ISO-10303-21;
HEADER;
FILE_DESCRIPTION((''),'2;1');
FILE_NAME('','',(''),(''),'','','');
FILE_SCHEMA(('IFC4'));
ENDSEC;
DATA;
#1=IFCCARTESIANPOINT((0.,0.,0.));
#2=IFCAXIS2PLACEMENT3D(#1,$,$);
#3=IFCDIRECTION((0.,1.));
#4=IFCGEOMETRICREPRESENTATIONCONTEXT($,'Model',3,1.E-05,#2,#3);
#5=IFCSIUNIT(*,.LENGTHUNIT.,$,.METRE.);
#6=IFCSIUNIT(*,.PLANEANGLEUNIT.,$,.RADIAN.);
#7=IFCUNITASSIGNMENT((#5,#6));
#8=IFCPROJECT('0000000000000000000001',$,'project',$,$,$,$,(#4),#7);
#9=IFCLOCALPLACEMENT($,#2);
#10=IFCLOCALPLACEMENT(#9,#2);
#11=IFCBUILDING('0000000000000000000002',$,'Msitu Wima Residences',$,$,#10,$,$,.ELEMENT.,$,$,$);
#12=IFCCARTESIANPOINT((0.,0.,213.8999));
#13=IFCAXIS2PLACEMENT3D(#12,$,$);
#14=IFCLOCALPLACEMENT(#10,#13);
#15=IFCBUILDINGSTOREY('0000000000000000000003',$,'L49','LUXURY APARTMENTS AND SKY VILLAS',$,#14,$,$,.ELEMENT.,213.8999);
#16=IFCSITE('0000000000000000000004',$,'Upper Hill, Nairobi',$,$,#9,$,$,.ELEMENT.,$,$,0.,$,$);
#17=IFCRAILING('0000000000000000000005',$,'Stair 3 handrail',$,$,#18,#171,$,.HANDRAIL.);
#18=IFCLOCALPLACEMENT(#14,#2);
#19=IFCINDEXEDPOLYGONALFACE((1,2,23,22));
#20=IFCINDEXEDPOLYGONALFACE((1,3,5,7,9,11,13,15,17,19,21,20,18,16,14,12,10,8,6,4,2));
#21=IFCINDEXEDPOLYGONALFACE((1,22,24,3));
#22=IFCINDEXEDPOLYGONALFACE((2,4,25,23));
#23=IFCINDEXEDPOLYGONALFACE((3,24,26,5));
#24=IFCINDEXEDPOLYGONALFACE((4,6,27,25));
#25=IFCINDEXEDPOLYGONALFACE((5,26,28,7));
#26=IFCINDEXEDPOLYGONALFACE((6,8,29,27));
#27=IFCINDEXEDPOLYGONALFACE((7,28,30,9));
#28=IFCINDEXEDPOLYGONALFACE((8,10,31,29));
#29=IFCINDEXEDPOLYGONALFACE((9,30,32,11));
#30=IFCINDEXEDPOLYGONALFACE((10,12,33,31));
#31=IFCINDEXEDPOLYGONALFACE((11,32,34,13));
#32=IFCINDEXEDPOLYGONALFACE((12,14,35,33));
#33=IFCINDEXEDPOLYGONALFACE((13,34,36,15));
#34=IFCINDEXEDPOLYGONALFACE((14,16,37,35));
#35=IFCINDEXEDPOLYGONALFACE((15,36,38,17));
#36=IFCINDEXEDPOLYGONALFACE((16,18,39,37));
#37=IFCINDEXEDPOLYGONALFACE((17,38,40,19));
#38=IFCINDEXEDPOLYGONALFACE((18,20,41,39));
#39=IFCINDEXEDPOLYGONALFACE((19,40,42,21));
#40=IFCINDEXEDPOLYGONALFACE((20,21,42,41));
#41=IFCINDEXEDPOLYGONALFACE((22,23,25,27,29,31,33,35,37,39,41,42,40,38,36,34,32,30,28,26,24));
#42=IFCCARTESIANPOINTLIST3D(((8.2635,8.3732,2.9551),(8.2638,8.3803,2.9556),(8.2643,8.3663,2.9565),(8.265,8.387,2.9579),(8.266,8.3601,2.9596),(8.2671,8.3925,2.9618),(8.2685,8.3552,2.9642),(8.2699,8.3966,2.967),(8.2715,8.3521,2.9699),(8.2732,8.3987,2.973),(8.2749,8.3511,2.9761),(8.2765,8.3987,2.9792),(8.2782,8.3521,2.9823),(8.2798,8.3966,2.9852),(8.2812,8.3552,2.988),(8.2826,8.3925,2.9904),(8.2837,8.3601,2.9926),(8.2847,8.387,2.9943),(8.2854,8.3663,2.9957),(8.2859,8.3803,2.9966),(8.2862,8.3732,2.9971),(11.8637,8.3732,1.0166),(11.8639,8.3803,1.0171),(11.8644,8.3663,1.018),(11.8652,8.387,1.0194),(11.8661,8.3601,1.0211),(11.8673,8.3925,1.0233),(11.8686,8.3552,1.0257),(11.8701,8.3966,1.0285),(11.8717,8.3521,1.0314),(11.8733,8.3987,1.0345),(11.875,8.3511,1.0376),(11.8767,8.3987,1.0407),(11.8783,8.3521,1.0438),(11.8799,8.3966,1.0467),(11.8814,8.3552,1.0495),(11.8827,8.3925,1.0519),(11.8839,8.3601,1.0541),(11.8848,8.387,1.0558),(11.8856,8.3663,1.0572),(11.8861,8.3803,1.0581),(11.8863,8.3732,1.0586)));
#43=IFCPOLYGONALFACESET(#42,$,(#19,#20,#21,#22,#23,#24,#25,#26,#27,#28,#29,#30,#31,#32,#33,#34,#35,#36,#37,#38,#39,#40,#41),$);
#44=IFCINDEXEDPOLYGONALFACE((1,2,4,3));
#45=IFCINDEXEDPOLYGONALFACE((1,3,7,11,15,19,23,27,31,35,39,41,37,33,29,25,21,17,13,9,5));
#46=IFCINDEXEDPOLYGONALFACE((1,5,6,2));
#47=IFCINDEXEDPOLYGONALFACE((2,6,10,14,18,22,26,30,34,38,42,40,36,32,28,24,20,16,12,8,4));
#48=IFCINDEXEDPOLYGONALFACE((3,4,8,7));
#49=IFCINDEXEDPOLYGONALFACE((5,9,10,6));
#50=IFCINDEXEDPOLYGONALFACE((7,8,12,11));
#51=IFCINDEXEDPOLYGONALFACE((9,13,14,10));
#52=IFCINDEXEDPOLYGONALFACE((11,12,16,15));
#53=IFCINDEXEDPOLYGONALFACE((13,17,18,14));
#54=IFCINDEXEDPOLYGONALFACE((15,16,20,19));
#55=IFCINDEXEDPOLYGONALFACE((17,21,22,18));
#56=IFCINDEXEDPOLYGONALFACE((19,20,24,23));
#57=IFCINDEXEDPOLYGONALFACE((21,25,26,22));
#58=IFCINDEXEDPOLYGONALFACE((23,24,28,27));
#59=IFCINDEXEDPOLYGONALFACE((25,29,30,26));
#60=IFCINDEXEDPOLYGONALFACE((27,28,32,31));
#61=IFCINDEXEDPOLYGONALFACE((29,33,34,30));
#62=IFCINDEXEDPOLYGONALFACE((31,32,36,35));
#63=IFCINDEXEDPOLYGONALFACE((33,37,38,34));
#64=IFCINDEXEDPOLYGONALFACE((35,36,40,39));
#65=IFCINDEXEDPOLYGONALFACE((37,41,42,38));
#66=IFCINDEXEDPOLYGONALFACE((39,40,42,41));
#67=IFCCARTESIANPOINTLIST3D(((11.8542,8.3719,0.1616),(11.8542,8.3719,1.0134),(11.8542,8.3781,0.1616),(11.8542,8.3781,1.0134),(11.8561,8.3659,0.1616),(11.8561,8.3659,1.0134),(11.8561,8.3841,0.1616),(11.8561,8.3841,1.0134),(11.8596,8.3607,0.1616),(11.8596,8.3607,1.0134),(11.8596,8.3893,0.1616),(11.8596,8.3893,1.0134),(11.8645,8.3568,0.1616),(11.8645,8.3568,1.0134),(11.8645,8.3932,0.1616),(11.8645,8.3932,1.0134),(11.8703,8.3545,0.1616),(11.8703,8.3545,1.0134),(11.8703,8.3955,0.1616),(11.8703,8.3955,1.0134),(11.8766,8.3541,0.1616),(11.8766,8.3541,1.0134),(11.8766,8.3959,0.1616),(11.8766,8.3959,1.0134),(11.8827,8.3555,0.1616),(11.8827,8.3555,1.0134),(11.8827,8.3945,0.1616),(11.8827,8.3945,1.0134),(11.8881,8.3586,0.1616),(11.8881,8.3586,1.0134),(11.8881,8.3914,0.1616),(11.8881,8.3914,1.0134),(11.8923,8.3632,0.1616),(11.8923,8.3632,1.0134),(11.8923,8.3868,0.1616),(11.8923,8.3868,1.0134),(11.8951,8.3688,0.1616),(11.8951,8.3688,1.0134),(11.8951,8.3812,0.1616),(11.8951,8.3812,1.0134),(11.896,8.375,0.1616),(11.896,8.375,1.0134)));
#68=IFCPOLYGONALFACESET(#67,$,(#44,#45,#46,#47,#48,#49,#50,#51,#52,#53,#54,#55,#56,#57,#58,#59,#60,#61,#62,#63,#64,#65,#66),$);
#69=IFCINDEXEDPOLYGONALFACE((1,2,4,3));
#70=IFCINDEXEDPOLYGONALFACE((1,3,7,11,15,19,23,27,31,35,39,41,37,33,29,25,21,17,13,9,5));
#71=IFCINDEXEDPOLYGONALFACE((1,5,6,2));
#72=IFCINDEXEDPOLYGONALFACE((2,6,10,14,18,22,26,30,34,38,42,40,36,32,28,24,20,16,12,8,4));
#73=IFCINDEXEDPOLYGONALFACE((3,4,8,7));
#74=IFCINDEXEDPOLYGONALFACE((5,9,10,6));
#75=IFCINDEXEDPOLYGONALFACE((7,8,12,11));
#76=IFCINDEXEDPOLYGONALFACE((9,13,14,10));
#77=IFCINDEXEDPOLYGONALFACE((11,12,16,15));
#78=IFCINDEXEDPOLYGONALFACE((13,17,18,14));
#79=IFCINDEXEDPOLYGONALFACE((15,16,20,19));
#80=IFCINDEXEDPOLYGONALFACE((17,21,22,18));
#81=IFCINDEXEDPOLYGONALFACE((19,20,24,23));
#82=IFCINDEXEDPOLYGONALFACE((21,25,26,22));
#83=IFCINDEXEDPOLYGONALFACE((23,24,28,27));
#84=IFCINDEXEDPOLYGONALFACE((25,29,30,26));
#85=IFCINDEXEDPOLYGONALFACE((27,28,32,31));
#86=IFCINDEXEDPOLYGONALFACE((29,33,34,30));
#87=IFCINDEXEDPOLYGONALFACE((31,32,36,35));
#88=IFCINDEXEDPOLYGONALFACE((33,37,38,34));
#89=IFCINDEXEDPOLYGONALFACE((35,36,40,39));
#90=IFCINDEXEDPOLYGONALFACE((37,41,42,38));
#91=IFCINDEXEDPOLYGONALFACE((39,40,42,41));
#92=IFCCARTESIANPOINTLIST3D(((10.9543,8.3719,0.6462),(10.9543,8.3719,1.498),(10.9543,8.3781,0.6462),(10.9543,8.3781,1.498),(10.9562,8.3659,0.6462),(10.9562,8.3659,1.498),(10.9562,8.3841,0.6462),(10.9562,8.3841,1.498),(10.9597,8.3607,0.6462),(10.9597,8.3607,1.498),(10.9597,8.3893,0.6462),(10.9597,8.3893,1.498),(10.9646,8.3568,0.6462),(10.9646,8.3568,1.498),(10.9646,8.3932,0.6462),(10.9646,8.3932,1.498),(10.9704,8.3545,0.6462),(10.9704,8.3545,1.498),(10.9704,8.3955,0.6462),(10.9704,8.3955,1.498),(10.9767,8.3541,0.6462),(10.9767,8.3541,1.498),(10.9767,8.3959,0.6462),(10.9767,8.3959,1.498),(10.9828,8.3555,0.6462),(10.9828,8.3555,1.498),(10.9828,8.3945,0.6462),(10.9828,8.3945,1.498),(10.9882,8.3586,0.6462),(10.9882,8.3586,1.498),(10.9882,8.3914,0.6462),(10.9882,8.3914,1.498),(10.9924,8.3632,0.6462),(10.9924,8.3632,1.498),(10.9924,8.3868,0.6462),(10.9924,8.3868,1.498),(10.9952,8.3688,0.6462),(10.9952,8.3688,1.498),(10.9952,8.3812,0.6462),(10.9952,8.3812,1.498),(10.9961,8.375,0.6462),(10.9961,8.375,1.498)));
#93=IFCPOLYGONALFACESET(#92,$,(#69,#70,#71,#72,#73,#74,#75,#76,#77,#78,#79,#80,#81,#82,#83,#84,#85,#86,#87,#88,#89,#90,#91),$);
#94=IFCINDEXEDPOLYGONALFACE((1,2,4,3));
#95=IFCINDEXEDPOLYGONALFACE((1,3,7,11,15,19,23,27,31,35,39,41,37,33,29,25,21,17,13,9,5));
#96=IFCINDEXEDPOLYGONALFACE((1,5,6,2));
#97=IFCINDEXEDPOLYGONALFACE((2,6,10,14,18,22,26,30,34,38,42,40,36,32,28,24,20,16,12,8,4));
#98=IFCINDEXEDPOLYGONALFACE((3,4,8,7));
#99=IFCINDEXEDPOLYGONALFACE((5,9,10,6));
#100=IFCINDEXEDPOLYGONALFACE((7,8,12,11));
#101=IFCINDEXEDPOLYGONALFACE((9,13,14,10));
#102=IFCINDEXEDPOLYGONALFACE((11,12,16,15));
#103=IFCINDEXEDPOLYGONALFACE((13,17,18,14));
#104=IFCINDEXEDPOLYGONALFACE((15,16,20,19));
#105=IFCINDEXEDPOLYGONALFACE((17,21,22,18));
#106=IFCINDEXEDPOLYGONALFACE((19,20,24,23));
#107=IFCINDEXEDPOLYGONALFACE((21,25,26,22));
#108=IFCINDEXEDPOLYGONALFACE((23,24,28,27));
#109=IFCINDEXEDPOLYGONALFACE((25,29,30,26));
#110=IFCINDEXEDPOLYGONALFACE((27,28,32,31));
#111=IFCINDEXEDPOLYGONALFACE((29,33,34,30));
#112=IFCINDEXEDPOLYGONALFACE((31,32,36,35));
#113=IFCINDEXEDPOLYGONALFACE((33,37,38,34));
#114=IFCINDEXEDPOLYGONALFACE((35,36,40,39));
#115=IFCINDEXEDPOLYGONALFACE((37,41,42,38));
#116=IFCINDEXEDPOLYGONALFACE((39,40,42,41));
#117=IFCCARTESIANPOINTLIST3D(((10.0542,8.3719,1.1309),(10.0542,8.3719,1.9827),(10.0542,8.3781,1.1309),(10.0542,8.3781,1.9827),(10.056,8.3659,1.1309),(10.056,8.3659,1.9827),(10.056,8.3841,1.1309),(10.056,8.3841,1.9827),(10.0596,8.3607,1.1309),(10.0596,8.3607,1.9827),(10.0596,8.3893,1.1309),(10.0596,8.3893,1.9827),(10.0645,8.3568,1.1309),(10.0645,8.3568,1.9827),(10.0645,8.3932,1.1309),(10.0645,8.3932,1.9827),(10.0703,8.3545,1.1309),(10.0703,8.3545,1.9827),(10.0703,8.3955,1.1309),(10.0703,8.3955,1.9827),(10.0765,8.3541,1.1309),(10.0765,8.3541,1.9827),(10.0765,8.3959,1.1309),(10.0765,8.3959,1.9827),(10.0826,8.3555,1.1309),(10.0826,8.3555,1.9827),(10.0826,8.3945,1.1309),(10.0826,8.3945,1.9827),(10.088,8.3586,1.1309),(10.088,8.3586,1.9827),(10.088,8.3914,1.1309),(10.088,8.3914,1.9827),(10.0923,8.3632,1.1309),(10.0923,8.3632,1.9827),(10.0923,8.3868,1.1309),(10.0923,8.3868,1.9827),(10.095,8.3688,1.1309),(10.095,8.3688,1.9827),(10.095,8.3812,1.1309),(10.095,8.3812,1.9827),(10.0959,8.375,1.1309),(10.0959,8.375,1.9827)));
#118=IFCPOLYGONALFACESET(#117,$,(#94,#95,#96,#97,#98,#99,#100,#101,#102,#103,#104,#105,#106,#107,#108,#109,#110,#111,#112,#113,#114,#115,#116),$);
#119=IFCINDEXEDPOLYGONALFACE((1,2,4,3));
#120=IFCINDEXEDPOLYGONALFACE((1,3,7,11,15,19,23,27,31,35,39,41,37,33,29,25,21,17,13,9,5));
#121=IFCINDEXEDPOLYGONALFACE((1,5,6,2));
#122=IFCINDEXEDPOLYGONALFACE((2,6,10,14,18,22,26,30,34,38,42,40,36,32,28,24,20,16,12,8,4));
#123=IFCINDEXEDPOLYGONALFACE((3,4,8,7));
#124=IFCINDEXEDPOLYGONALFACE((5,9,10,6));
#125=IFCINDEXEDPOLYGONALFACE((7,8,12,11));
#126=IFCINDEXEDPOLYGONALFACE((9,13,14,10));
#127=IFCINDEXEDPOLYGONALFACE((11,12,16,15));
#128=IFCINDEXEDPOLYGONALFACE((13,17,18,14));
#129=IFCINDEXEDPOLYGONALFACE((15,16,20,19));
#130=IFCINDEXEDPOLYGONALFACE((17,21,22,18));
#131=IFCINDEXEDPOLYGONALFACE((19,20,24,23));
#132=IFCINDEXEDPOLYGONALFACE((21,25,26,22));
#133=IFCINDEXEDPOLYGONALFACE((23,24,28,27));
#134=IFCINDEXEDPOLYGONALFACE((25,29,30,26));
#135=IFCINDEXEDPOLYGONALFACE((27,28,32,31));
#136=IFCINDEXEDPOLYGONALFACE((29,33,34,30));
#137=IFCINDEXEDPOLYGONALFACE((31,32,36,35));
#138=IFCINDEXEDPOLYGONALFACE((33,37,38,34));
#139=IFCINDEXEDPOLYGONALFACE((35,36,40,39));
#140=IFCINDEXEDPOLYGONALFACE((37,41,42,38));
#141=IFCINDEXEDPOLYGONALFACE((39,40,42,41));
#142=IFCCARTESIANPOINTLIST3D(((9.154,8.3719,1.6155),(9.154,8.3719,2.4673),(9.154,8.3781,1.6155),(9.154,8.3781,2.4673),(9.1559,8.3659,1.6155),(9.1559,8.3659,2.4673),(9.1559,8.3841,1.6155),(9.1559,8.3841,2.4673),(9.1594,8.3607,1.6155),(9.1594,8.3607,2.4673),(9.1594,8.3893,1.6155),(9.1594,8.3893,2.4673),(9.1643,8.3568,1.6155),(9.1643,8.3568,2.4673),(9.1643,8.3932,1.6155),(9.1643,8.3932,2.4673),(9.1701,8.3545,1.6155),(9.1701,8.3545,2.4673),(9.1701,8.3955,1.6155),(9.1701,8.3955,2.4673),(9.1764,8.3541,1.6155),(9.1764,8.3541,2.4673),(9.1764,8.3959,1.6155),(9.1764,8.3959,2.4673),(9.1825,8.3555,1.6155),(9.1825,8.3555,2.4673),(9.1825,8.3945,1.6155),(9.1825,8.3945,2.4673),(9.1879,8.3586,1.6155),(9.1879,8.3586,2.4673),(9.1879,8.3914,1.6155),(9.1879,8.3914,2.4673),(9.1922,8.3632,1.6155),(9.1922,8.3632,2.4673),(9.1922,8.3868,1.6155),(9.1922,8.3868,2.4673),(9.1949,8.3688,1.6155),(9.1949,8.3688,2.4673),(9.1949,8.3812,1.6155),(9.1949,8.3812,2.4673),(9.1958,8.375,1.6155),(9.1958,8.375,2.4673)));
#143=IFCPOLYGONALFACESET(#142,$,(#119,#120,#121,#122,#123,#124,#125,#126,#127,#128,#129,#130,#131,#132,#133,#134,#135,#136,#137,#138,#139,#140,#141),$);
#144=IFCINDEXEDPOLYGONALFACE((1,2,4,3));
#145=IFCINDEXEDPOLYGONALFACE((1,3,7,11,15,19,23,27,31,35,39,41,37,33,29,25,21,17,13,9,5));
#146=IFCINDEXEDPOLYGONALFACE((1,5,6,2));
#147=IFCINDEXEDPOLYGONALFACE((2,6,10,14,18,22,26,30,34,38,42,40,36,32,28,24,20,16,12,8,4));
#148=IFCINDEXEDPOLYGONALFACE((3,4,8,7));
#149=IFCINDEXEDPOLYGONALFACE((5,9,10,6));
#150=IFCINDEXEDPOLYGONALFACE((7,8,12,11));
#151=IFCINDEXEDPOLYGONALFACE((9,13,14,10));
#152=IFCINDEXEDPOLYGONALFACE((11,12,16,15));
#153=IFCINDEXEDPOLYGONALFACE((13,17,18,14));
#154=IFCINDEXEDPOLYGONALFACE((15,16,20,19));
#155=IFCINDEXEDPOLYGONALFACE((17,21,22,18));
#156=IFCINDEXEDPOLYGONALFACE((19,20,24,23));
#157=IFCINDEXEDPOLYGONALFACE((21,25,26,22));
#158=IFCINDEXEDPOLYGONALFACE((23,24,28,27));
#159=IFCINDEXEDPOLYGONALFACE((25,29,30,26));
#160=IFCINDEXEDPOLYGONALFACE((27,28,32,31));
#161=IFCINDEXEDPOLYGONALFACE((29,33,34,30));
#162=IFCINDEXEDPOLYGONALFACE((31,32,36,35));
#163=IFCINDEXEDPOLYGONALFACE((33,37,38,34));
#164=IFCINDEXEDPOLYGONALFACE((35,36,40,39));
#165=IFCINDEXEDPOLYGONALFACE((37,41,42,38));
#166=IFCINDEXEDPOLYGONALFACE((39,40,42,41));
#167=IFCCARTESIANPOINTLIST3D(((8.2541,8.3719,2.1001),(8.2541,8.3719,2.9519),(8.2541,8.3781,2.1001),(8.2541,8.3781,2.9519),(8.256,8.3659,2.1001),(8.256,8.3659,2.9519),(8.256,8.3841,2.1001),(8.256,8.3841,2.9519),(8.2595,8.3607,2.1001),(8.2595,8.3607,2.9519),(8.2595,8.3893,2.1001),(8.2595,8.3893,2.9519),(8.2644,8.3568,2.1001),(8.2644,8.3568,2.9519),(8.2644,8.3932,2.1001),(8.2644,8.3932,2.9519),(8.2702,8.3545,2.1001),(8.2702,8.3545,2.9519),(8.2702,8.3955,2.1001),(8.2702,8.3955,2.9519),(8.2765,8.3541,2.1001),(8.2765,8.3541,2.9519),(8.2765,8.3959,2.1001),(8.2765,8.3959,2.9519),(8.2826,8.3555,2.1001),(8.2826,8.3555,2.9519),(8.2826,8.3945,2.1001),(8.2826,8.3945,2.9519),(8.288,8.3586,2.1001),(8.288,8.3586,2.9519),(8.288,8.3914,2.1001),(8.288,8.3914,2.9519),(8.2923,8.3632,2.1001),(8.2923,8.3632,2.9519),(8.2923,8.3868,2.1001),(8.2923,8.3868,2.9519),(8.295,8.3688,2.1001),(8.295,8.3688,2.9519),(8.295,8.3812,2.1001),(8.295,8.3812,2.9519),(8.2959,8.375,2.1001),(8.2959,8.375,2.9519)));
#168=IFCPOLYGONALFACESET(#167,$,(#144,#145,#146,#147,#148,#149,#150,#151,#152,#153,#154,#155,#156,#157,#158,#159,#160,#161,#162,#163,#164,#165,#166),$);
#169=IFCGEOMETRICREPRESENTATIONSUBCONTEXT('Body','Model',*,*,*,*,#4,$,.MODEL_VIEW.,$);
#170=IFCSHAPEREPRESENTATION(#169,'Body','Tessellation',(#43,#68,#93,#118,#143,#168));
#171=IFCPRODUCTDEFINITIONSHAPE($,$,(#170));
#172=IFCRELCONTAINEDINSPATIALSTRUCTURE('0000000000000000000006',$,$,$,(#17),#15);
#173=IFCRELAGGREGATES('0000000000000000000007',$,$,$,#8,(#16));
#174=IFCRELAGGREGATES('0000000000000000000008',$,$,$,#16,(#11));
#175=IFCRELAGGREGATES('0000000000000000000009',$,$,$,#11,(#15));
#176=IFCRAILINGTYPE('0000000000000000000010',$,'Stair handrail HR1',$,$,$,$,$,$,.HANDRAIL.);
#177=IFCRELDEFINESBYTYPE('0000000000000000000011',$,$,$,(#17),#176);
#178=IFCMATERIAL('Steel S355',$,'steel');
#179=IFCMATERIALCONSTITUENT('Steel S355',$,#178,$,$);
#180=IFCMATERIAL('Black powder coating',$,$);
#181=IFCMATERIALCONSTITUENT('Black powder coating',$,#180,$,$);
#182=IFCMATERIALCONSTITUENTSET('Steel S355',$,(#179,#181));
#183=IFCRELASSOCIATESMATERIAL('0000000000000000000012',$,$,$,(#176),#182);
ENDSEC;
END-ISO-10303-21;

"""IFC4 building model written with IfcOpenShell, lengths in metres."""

from ifc_helpers import new_model, si_unit, direction, frame, origin, origin_2d, place, context, subcontext, project, spatial, circle, extrude, material, constituent, constituent_set, type_object, element, save


model = new_model("IFC4")

# Units and contexts
model_context = context("Model", 3, precision=1e-05, world=origin(), true_north=direction((0.0, 1.0)))
body_context = subcontext(model_context, "Body", "Model", "MODEL_VIEW")
ifc_project = project(units=[si_unit("LENGTHUNIT", "METRE"), si_unit("PLANEANGLEUNIT", "RADIAN")], contexts=[model_context])

# Site, building, storey
site_placement = place(None, origin())
site = spatial("IfcSite", under=ifc_project, at=site_placement, Name="Upper Hill, Nairobi", CompositionType="ELEMENT", RefElevation=0.0)
building_placement = place(site_placement, origin())
building = spatial("IfcBuilding", under=site, at=building_placement, Name="Msitu Wima Residences", CompositionType="ELEMENT")
storey_placement = place(building_placement, frame((0.0, 0.0, 213.8999)))
storey = spatial("IfcBuildingStorey", under=building, at=storey_placement, Name="L49", Description="LUXURY APARTMENTS AND SKY VILLAS", CompositionType="ELEMENT", Elevation=213.8999)

# Railing
ifc_material_1 = material(Name="Steel S355", Category="steel")
ifc_constituent_1 = constituent(ifc_material_1, Name="Steel S355")
ifc_material_2 = material(Name="Black powder coating")
ifc_constituent_2 = constituent(ifc_material_2, Name="Black powder coating")
ifc_constituent_set_1 = constituent_set(constituents=[ifc_constituent_1, ifc_constituent_2], Name="Steel S355")
railing_type_1 = type_object("IfcRailingType", Name="Stair handrail HR1", PredefinedType="HANDRAIL", material=ifc_constituent_set_1)
for number, where, name in (
    (1, (11.875, 8.375, 0.1616), "Stair 3 handrail"),
):
    element("IfcRailing", number, at=place(storey_placement, frame(where)), inside=storey, type_object=railing_type_1, Name=name, PredefinedType="HANDRAIL", context=body_context, shape_type="SweptSolid", body=[
        extrude(circle(Radius=0.0239, at=origin_2d()), frame((0.0, 0.0, 0.876), z_axis=(-0.880475, 0.0, 0.474093), x_axis=(0.0, -1.0, 0.0)), (0.0, 0.0, 1.0), 4.0889),
        extrude(circle(Radius=0.021, at=origin_2d()), origin(), (0.0, 0.0, 1.0), 0.8518),
        extrude(circle(Radius=0.021, at=origin_2d()), frame((-0.8999, 0.0, 0.4846)), (0.0, 0.0, 1.0), 0.8518),
        extrude(circle(Radius=0.021, at=origin_2d()), frame((-1.8, 0.0, 0.9692)), (0.0, 0.0, 1.0), 0.8518),
        extrude(circle(Radius=0.021, at=origin_2d()), frame((-2.7002, 0.0, 1.4539)), (0.0, 0.0, 1.0), 0.8518),
        extrude(circle(Radius=0.021, at=origin_2d()), frame((-3.6001, 0.0, 1.9385)), (0.0, 0.0, 1.0), 0.8518),
    ])

save(model, "model.ifc")
